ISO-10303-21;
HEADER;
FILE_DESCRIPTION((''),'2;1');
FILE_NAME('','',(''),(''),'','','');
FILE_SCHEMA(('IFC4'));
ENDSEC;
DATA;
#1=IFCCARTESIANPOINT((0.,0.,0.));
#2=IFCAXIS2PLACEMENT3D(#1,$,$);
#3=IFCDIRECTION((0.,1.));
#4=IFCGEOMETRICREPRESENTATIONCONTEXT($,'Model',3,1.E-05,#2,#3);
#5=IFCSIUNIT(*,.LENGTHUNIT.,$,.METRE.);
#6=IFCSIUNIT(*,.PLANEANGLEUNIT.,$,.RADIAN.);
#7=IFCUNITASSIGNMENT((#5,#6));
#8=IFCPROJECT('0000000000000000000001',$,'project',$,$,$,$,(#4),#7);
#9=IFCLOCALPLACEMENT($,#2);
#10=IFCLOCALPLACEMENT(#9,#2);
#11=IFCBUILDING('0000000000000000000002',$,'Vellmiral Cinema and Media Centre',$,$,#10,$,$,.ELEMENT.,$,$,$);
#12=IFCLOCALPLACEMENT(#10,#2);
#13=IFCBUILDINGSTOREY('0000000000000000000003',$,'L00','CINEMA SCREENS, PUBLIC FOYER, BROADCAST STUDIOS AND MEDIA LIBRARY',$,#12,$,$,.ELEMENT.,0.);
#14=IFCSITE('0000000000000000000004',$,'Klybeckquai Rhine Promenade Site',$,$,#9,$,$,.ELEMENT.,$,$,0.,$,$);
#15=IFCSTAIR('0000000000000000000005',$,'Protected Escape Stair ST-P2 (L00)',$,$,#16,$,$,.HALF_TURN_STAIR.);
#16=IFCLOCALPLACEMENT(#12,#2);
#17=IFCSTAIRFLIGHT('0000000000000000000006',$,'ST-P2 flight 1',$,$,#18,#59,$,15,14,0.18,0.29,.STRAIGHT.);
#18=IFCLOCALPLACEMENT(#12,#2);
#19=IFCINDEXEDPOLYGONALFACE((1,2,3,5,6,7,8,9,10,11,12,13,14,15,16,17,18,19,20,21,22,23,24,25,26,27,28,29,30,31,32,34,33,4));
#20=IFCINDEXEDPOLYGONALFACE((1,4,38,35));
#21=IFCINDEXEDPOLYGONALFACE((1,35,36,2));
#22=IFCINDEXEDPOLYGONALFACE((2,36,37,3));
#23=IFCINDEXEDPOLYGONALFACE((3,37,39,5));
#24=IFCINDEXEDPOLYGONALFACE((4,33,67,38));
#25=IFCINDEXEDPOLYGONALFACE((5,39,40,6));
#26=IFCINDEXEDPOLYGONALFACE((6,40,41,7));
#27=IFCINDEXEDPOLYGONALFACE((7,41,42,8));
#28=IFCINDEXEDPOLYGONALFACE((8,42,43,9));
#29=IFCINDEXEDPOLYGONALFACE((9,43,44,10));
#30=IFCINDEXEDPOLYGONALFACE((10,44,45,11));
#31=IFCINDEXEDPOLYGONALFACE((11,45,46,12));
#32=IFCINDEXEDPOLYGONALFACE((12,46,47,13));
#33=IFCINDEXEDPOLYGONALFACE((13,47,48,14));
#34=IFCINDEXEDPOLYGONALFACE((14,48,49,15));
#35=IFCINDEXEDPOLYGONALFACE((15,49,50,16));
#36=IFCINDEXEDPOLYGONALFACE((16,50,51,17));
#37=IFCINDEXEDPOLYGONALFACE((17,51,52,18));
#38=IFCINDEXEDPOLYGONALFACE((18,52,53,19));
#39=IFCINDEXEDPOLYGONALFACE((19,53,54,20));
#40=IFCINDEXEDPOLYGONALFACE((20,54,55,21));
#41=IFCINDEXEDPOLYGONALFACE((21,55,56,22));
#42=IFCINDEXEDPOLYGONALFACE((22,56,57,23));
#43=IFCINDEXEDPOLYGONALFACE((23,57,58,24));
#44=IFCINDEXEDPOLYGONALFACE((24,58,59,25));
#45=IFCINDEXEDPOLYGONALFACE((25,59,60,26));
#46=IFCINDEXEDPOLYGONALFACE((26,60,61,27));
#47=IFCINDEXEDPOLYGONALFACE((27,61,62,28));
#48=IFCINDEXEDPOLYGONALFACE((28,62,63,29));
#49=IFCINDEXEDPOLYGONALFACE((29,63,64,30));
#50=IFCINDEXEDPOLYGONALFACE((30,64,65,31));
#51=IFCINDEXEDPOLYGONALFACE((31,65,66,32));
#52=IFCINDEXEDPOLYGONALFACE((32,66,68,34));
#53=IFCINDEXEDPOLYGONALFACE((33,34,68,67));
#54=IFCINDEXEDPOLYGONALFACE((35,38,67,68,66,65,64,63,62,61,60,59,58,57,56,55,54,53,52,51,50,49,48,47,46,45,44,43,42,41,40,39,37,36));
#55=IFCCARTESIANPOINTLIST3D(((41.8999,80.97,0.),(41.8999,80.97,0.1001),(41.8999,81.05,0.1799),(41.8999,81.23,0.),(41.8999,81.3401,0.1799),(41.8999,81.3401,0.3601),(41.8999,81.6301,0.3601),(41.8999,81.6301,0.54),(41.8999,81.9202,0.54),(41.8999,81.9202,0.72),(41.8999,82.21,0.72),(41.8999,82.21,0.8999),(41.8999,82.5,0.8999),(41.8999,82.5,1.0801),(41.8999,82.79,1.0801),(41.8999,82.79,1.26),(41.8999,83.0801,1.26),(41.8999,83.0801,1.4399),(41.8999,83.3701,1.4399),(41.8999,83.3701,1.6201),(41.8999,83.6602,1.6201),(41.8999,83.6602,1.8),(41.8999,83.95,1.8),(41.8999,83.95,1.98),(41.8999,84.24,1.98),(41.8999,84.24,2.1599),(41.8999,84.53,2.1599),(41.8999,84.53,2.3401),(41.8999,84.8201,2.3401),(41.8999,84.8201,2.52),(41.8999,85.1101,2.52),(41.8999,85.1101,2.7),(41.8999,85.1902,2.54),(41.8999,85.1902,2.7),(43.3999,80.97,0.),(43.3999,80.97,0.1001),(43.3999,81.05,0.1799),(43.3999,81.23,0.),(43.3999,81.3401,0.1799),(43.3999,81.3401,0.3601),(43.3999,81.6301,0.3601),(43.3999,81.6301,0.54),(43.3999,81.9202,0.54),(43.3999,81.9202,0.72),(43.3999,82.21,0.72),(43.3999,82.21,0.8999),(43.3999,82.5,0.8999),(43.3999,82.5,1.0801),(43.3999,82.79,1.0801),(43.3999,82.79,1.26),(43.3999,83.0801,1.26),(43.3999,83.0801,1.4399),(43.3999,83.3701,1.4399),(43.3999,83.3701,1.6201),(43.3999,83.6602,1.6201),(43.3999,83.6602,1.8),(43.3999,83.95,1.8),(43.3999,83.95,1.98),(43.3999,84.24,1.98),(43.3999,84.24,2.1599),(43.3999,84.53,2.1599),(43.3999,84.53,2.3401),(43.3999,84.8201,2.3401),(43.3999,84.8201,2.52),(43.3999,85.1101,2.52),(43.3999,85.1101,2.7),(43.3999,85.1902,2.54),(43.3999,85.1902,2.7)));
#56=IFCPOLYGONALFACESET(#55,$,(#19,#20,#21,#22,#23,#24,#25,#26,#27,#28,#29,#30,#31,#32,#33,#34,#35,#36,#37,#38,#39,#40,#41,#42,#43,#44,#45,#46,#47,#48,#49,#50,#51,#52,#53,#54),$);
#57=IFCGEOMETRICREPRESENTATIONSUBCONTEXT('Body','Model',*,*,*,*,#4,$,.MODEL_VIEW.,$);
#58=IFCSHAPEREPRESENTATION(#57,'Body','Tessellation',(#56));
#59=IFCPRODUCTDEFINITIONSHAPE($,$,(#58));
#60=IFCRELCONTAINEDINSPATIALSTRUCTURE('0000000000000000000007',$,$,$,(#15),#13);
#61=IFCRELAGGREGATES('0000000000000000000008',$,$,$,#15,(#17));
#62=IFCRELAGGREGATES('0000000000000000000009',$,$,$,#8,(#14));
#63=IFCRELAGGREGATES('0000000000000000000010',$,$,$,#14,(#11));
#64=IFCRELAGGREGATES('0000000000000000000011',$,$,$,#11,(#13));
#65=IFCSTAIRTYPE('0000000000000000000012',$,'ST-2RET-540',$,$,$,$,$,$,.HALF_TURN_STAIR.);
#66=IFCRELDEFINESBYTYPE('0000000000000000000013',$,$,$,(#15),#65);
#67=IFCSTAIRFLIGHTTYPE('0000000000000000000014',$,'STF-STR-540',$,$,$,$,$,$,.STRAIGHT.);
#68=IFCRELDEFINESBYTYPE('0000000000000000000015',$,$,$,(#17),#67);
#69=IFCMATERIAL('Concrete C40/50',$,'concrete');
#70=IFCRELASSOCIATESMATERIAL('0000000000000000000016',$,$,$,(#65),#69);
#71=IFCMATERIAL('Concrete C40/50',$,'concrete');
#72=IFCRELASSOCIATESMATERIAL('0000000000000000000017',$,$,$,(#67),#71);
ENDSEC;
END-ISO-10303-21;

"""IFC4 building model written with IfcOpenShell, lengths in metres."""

from ifc_helpers import new_model, si_unit, direction, frame, origin, place, context, subcontext, project, spatial, polyline, outline, extrude, material, type_object, element, aggregate, save


model = new_model("IFC4")

# Units and contexts
model_context = context("Model", 3, precision=1e-05, world=origin(), true_north=direction((0.0, 1.0)))
body_context = subcontext(model_context, "Body", "Model", "MODEL_VIEW")
ifc_project = project(units=[si_unit("LENGTHUNIT", "METRE"), si_unit("PLANEANGLEUNIT", "RADIAN")], contexts=[model_context])

# Site, building, storey
site_placement = place(None, origin())
site = spatial("IfcSite", under=ifc_project, at=site_placement, Name="Klybeckquai Rhine Promenade Site", CompositionType="ELEMENT", RefElevation=0.0)
building_placement = place(site_placement, origin())
building = spatial("IfcBuilding", under=site, at=building_placement, Name="Vellmiral Cinema and Media Centre", CompositionType="ELEMENT")
storey_placement = place(building_placement, origin())
storey = spatial("IfcBuildingStorey", under=building, at=storey_placement, Name="L00", Description="CINEMA SCREENS, PUBLIC FOYER, BROADCAST STUDIOS AND MEDIA LIBRARY", CompositionType="ELEMENT", Elevation=0.0)

# Stair, stair flight
ifc_material_1 = material(Name="Concrete C40/50", Category="concrete")
stair_type = type_object("IfcStairType", Name="ST-2RET-540", PredefinedType="HALF_TURN_STAIR", material=ifc_material_1)
stair_placement = place(storey_placement, origin())
stair = element("IfcStair", 1, at=stair_placement, inside=storey, type_object=stair_type, Name="Protected Escape Stair ST-P2 (L00)", PredefinedType="HALF_TURN_STAIR")
ifc_material_2 = material(Name="Concrete C40/50", Category="concrete")
stair_flight_type = type_object("IfcStairFlightType", Name="STF-STR-540", PredefinedType="STRAIGHT", material=ifc_material_2)
stair_flight_placement = place(storey_placement, frame((42.6499, 81.05, 0.0), z_axis=(0.0, 0.0, 1.0), x_axis=(0.0, 1.0, 0.0)))
stair_flight = element("IfcStairFlight", 2, at=stair_flight_placement, type_object=stair_flight_type, Name="ST-P2 flight 1", NumberOfRisers=15, NumberOfTreads=14, PredefinedType="STRAIGHT", RiserHeight=0.18, TreadLength=0.29, context=body_context, shape_type="SweptSolid", body=[
    extrude(outline(polyline([(-0.0801, 0.0), (-0.0801, 0.1001), (0.0, 0.1799), (0.29, 0.1799), (0.29, 0.3601), (0.5801, 0.3601), (0.5801, 0.54), (0.8701, 0.54), (0.8701, 0.72), (1.1599, 0.72), (1.1599, 0.8999), (1.45, 0.8999), (1.45, 1.0801), (1.74, 1.0801), (1.74, 1.26), (2.03, 1.26), (2.03, 1.4399), (2.3201, 1.4399), (2.3201, 1.6201), (2.6101, 1.6201), (2.6101, 1.8), (2.8999, 1.8), (2.8999, 1.98), (3.1899, 1.98), (3.1899, 2.1599), (3.48, 2.1599), (3.48, 2.3401), (3.77, 2.3401), (3.77, 2.52), (4.0601, 2.52), (4.0601, 2.7), (4.1401, 2.7), (4.1401, 2.54), (0.1799, 0.0), (-0.0801, 0.0)])), frame((0.0, 0.75, 0.0), z_axis=(0.0, -1.0, 0.0), x_axis=(1.0, 0.0, 0.0)), (0.0, 0.0, 1.0), 1.5),
])
aggregate(stair, [stair_flight])

save(model, "model.ifc")
